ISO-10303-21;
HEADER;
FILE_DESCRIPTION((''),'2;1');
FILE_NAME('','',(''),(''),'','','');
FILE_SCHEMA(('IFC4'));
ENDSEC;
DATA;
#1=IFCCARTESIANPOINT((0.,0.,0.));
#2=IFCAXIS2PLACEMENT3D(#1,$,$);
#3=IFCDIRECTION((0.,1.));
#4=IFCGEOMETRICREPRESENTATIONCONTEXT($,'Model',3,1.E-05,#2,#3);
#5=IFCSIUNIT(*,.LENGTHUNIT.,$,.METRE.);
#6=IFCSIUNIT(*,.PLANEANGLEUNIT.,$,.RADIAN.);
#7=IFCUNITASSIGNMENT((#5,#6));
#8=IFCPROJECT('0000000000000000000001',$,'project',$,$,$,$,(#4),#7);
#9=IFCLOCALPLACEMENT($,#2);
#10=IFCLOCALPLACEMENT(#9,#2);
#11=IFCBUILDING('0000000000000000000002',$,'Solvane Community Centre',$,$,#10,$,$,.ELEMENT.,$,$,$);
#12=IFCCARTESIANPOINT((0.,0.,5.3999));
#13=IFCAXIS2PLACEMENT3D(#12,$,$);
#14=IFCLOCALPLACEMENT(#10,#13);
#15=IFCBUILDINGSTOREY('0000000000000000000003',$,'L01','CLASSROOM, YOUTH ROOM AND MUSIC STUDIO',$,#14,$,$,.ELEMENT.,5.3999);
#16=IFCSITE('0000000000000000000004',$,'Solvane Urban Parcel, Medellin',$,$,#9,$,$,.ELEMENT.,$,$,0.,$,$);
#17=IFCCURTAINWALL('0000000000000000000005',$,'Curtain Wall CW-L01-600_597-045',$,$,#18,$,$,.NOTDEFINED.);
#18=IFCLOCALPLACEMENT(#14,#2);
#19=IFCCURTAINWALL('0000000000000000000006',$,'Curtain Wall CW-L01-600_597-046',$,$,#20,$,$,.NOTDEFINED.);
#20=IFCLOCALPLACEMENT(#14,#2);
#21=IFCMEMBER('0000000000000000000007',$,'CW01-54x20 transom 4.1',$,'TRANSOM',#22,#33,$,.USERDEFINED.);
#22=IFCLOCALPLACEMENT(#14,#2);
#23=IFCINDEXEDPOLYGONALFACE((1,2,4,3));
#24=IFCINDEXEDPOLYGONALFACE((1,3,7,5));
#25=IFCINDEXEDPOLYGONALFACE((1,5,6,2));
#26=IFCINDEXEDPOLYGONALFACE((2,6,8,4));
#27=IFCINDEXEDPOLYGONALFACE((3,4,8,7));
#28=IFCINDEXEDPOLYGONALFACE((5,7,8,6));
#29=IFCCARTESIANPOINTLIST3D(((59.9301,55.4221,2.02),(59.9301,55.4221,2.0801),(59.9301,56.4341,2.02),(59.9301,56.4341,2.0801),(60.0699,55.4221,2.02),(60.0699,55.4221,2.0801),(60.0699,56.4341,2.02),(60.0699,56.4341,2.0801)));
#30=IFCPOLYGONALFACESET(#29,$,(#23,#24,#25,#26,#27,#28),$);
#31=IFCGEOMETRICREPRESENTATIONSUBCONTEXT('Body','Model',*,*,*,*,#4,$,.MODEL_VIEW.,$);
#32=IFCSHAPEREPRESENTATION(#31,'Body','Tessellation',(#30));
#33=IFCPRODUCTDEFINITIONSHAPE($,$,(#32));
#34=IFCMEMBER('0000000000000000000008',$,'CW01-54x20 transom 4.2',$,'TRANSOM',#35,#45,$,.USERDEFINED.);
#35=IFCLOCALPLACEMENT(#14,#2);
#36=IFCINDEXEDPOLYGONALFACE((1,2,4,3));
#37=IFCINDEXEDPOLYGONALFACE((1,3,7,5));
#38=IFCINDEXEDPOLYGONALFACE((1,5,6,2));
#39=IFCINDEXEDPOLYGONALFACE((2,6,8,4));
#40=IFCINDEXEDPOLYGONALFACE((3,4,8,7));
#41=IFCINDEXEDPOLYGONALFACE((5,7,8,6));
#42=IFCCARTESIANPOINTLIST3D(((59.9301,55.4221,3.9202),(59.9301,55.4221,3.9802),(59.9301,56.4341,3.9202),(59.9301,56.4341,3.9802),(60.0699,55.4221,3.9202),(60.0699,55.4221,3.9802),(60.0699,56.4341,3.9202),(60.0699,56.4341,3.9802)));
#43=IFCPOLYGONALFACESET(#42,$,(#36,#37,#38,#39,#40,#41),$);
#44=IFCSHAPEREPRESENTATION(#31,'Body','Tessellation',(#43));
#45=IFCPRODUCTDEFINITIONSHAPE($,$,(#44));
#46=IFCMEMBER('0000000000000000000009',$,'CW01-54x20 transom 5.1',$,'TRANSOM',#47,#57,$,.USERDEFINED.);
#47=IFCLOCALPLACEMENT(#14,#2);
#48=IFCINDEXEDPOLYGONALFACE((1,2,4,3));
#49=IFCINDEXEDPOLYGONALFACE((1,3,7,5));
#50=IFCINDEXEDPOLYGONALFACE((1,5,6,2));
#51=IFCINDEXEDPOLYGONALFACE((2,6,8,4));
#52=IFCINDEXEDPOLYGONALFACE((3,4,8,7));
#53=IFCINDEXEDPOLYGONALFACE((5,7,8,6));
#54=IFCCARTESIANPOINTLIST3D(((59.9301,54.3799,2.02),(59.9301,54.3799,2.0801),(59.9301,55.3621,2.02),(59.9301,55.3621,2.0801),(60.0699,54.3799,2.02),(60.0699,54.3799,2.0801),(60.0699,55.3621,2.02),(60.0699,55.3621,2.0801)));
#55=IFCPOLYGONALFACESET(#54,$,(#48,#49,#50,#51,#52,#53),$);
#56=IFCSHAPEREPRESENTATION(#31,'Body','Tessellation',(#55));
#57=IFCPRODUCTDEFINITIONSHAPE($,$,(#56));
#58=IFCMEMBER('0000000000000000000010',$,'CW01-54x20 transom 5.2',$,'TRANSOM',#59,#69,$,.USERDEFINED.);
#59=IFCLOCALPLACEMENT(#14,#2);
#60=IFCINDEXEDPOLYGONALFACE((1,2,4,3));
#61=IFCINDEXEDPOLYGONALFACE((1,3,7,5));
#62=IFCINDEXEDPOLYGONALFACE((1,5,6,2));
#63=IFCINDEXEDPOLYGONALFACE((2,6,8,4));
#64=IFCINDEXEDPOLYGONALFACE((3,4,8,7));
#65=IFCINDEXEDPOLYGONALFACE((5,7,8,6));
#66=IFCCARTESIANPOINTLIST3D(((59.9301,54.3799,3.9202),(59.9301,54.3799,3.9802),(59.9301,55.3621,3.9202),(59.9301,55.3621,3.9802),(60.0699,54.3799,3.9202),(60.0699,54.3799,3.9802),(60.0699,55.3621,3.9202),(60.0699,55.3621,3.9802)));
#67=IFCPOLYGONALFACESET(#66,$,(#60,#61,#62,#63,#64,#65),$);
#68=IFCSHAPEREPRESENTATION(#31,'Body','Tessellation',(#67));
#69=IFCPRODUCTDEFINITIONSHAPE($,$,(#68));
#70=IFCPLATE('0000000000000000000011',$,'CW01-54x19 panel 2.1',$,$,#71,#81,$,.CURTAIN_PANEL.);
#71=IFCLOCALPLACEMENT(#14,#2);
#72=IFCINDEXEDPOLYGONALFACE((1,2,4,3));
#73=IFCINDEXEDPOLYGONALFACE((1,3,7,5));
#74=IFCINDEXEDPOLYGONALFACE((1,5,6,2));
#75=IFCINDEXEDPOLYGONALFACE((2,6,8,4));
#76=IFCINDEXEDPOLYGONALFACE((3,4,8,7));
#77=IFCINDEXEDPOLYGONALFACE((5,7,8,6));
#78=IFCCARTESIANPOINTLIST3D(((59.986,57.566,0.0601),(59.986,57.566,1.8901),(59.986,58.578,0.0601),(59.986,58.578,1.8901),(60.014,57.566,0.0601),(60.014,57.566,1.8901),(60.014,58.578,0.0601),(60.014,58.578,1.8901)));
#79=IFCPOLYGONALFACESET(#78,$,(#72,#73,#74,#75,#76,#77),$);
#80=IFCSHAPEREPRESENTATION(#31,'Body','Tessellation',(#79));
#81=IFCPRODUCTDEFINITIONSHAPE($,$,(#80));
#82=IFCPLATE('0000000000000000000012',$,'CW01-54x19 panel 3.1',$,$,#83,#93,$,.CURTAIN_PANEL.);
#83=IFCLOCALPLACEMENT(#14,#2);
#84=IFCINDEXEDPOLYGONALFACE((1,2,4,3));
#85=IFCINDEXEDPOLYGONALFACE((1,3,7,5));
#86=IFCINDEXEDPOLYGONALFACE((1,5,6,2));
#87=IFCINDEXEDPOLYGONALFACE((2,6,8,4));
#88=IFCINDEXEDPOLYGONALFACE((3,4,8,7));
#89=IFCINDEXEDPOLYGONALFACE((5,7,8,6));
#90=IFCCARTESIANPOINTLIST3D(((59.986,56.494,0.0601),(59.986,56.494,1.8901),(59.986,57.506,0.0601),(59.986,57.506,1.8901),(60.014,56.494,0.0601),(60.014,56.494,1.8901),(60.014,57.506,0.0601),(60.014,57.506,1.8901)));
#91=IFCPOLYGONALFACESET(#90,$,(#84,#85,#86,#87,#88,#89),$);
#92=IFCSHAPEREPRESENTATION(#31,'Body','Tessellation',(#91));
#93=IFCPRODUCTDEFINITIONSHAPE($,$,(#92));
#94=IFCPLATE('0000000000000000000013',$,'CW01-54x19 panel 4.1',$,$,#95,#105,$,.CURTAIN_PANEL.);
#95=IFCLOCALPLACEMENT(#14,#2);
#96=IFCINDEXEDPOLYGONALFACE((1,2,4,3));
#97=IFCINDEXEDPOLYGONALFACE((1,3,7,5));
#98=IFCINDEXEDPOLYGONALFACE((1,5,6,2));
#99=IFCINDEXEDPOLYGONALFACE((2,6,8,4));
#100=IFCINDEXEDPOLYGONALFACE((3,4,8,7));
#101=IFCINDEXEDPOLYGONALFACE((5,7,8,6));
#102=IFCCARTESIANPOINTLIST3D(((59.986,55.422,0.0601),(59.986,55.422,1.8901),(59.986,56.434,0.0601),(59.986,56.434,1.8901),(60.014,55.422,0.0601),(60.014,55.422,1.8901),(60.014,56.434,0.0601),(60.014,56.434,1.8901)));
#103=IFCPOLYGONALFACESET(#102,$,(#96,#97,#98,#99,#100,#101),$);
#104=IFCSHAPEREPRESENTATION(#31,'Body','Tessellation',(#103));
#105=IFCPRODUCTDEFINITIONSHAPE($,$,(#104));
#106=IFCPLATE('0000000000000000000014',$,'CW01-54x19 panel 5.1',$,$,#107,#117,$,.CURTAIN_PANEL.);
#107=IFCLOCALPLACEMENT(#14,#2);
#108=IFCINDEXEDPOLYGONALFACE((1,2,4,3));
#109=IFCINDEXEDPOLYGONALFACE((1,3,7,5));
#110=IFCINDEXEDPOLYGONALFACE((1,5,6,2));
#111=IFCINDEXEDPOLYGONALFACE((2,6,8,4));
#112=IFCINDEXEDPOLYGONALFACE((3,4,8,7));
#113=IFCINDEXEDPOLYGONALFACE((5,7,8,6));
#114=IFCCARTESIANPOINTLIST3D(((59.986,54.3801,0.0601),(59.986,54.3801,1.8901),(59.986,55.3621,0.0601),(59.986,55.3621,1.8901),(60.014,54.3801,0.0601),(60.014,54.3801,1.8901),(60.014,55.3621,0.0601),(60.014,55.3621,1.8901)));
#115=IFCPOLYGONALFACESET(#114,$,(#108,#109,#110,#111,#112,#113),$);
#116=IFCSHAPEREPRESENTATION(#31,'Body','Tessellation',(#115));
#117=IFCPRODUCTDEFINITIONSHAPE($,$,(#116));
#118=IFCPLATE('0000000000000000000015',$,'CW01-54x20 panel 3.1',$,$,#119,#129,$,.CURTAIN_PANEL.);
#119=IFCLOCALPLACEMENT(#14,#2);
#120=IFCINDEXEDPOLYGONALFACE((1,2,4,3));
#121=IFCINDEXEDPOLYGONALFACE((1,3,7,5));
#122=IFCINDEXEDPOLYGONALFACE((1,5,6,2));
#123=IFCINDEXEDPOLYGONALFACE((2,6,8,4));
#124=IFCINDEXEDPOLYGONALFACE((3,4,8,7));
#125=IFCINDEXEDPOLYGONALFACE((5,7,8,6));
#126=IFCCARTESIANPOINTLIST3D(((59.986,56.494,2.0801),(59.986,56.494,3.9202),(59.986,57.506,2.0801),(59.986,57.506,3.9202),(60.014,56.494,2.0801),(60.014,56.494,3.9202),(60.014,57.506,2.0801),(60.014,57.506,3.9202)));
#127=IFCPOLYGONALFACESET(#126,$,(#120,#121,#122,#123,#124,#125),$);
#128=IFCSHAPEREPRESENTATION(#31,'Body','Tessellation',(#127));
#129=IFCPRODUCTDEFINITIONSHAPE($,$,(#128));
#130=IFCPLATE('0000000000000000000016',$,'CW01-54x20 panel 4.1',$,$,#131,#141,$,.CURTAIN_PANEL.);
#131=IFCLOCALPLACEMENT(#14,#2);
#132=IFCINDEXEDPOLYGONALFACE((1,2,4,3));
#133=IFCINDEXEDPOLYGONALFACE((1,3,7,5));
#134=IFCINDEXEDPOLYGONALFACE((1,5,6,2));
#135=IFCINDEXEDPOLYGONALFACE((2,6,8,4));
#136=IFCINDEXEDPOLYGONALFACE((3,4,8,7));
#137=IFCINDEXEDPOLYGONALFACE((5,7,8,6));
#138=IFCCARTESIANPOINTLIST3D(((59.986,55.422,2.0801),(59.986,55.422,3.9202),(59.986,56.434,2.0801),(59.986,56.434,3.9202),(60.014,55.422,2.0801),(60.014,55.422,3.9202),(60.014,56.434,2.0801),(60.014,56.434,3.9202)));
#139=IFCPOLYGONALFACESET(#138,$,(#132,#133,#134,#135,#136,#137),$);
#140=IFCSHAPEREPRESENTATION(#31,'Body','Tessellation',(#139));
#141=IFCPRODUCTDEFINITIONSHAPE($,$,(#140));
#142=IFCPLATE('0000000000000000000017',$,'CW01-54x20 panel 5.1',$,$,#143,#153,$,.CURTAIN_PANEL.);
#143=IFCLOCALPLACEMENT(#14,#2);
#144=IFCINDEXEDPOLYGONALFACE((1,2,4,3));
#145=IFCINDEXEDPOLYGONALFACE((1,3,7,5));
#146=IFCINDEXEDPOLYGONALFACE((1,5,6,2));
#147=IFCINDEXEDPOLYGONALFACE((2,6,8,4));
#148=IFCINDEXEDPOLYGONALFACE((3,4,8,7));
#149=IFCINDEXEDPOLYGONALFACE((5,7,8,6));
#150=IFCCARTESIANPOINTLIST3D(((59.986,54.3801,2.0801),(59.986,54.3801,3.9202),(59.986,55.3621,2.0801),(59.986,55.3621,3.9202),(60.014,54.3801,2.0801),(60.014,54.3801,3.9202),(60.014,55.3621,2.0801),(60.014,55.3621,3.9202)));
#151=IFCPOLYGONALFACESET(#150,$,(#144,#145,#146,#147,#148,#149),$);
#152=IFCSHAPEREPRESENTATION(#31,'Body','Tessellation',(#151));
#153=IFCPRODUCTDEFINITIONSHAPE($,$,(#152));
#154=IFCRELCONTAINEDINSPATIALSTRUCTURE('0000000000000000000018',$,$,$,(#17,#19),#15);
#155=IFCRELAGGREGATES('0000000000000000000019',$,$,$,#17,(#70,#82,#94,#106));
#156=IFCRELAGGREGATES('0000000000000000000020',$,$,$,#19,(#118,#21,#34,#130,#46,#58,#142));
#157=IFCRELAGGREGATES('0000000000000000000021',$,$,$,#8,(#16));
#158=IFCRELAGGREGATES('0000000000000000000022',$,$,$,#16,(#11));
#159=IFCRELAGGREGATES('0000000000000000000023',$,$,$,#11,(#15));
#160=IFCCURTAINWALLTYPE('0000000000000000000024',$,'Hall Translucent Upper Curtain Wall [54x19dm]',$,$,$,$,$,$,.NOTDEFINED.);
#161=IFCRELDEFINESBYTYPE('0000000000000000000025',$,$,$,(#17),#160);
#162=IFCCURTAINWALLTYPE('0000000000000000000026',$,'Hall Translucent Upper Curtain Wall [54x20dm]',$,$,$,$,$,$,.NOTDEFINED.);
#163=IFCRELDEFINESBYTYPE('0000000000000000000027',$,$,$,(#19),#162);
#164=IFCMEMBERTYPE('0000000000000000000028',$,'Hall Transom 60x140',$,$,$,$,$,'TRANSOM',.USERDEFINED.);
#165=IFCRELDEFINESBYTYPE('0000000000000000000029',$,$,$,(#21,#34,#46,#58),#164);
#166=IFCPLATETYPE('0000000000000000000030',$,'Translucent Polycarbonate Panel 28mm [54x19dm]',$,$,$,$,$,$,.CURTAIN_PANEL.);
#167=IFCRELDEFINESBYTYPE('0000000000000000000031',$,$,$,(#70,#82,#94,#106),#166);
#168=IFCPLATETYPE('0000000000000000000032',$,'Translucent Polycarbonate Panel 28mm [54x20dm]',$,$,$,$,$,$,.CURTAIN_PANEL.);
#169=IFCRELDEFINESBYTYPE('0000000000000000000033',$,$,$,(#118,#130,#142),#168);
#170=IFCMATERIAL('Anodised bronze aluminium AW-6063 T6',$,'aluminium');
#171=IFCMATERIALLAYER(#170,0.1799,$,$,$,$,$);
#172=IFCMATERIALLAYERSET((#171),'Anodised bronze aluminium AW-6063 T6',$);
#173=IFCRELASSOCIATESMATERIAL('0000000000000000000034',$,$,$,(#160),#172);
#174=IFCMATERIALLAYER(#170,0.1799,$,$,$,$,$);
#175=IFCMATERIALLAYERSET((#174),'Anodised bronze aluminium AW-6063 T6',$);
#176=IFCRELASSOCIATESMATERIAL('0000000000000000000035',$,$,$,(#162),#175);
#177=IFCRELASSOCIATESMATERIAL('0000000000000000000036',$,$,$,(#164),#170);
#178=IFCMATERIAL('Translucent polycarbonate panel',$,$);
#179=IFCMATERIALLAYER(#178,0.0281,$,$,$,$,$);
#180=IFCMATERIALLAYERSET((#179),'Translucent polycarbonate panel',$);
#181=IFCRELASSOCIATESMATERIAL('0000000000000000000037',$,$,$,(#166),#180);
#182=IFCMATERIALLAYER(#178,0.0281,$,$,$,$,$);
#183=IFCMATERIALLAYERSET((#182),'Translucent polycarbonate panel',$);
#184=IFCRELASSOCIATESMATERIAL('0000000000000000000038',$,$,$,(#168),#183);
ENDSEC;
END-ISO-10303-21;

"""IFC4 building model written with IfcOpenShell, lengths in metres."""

from ifc_helpers import new_model, si_unit, direction, frame, origin, origin_2d, place, context, subcontext, project, spatial, rectangle, extrude, material, layer, layer_set, material_profile, profile_set, type_object, element, aggregate, save


model = new_model("IFC4")

# Units and contexts
model_context = context("Model", 3, precision=1e-05, world=origin(), true_north=direction((0.0, 1.0)))
body_context = subcontext(model_context, "Body", "Model", "MODEL_VIEW")
ifc_project = project(units=[si_unit("LENGTHUNIT", "METRE"), si_unit("PLANEANGLEUNIT", "RADIAN")], contexts=[model_context])

# Site, building, storey
site_placement = place(None, origin())
site = spatial("IfcSite", under=ifc_project, at=site_placement, Name="Solvane Urban Parcel, Medellin", CompositionType="ELEMENT", RefElevation=0.0)
building_placement = place(site_placement, origin())
building = spatial("IfcBuilding", under=site, at=building_placement, Name="Solvane Community Centre", CompositionType="ELEMENT")
storey_placement = place(building_placement, frame((0.0, 0.0, 5.3999)))
storey = spatial("IfcBuildingStorey", under=building, at=storey_placement, Name="L01", Description="CLASSROOM, YOUTH ROOM AND MUSIC STUDIO", CompositionType="ELEMENT", Elevation=5.3999)

# Curtain walls
ifc_material_1 = material(Name="Anodised bronze aluminium AW-6063 T6", Category="aluminium")
ifc_layer_1 = layer(ifc_material_1, 0.1799)
ifc_layer_set_1 = layer_set([ifc_layer_1], Name="Anodised bronze aluminium AW-6063 T6")
curtain_wall_type_1 = type_object("IfcCurtainWallType", Name="Hall Translucent Upper Curtain Wall [54x19dm]", PredefinedType="NOTDEFINED", material=ifc_layer_set_1)
curtain_wall_1_placement = place(storey_placement, origin())
curtain_wall_1 = element("IfcCurtainWall", 1, at=curtain_wall_1_placement, inside=storey, type_object=curtain_wall_type_1, Name="Curtain Wall CW-L01-600_597-045", PredefinedType="NOTDEFINED")
ifc_layer_2 = layer(ifc_material_1, 0.1799)
ifc_layer_set_2 = layer_set([ifc_layer_2], Name="Anodised bronze aluminium AW-6063 T6")
curtain_wall_type_2 = type_object("IfcCurtainWallType", Name="Hall Translucent Upper Curtain Wall [54x20dm]", PredefinedType="NOTDEFINED", material=ifc_layer_set_2)
curtain_wall_2_placement = place(storey_placement, origin())
curtain_wall_2 = element("IfcCurtainWall", 2, at=curtain_wall_2_placement, inside=storey, type_object=curtain_wall_type_2, Name="Curtain Wall CW-L01-600_597-046", PredefinedType="NOTDEFINED")

# Members
ifc_material_profile_1 = material_profile(ifc_material_1, rectangle(XDim=0.1399, YDim=0.0601, at=origin_2d()), Name="CW-T 60x140")
ifc_profile_set_1 = profile_set([ifc_material_profile_1], Name="Anodised bronze aluminium AW-6063 T6")
member_type_1 = type_object("IfcMemberType", Name="Hall Transom 60x140", ElementType="TRANSOM", PredefinedType="USERDEFINED", material=ifc_profile_set_1)
member_1_placement = place(storey_placement, frame((60.0, 56.4341, 2.05), z_axis=(0.0, -1.0, 0.0), x_axis=(1.0, 0.0, 0.0)))
member_1 = element("IfcMember", 3, at=member_1_placement, type_object=member_type_1, Name="CW01-54x20 transom 4.1", ObjectType="TRANSOM", PredefinedType="USERDEFINED", context=body_context, shape_type="SweptSolid", body=[
    extrude(rectangle(XDim=0.1399, YDim=0.0601, at=origin_2d()), origin(), (0.0, 0.0, 1.0), 1.012),
])
member_2_placement = place(storey_placement, frame((60.0, 56.4341, 3.9502), z_axis=(0.0, -1.0, 0.0), x_axis=(1.0, 0.0, 0.0)))
member_2 = element("IfcMember", 4, at=member_2_placement, type_object=member_type_1, Name="CW01-54x20 transom 4.2", ObjectType="TRANSOM", PredefinedType="USERDEFINED", context=body_context, shape_type="SweptSolid", body=[
    extrude(rectangle(XDim=0.1399, YDim=0.0601, at=origin_2d()), origin(), (0.0, 0.0, 1.0), 1.012),
])
member_3_placement = place(storey_placement, frame((60.0, 55.3621, 2.05), z_axis=(0.0, -1.0, 0.0), x_axis=(1.0, 0.0, 0.0)))
member_3 = element("IfcMember", 5, at=member_3_placement, type_object=member_type_1, Name="CW01-54x20 transom 5.1", ObjectType="TRANSOM", PredefinedType="USERDEFINED", context=body_context, shape_type="SweptSolid", body=[
    extrude(rectangle(XDim=0.1399, YDim=0.0601, at=origin_2d()), origin(), (0.0, 0.0, 1.0), 0.9822),
])
member_4_placement = place(storey_placement, frame((60.0, 55.3621, 3.9502), z_axis=(0.0, -1.0, 0.0), x_axis=(1.0, 0.0, 0.0)))
member_4 = element("IfcMember", 6, at=member_4_placement, type_object=member_type_1, Name="CW01-54x20 transom 5.2", ObjectType="TRANSOM", PredefinedType="USERDEFINED", context=body_context, shape_type="SweptSolid", body=[
    extrude(rectangle(XDim=0.1399, YDim=0.0601, at=origin_2d()), origin(), (0.0, 0.0, 1.0), 0.9822),
])

# Plates
ifc_material_2 = material(Name="Translucent polycarbonate panel")
ifc_layer_3 = layer(ifc_material_2, 0.0281)
ifc_layer_set_3 = layer_set([ifc_layer_3], Name="Translucent polycarbonate panel")
plate_type_1 = type_object("IfcPlateType", Name="Translucent Polycarbonate Panel 28mm [54x19dm]", PredefinedType="CURTAIN_PANEL", material=ifc_layer_set_3)
plate_1_placement = place(storey_placement, frame((60.0, 58.072, 0.0601), z_axis=(0.0, 0.0, 1.0), x_axis=(0.0, -1.0, 0.0)))
plate_1 = element("IfcPlate", 7, at=plate_1_placement, type_object=plate_type_1, Name="CW01-54x19 panel 2.1", PredefinedType="CURTAIN_PANEL", context=body_context, shape_type="SweptSolid", body=[
    extrude(rectangle(XDim=1.012, YDim=0.0281, at=origin_2d()), origin(), (0.0, 0.0, 1.0), 1.8301),
])
plate_2_placement = place(storey_placement, frame((60.0, 57.0, 0.0601), z_axis=(0.0, 0.0, 1.0), x_axis=(0.0, -1.0, 0.0)))
plate_2 = element("IfcPlate", 8, at=plate_2_placement, type_object=plate_type_1, Name="CW01-54x19 panel 3.1", PredefinedType="CURTAIN_PANEL", context=body_context, shape_type="SweptSolid", body=[
    extrude(rectangle(XDim=1.012, YDim=0.0281, at=origin_2d()), origin(), (0.0, 0.0, 1.0), 1.8301),
])
plate_3_placement = place(storey_placement, frame((60.0, 55.928, 0.0601), z_axis=(0.0, 0.0, 1.0), x_axis=(0.0, -1.0, 0.0)))
plate_3 = element("IfcPlate", 9, at=plate_3_placement, type_object=plate_type_1, Name="CW01-54x19 panel 4.1", PredefinedType="CURTAIN_PANEL", context=body_context, shape_type="SweptSolid", body=[
    extrude(rectangle(XDim=1.012, YDim=0.0281, at=origin_2d()), origin(), (0.0, 0.0, 1.0), 1.8301),
])
plate_4_placement = place(storey_placement, frame((60.0, 54.8711, 0.0601), z_axis=(0.0, 0.0, 1.0), x_axis=(0.0, -1.0, 0.0)))
plate_4 = element("IfcPlate", 10, at=plate_4_placement, type_object=plate_type_1, Name="CW01-54x19 panel 5.1", PredefinedType="CURTAIN_PANEL", context=body_context, shape_type="SweptSolid", body=[
    extrude(rectangle(XDim=0.9819, YDim=0.0281, at=origin_2d()), origin(), (0.0, 0.0, 1.0), 1.8301),
])
aggregate(curtain_wall_1, [plate_1, plate_2, plate_3, plate_4])
ifc_layer_4 = layer(ifc_material_2, 0.0281)
ifc_layer_set_4 = layer_set([ifc_layer_4], Name="Translucent polycarbonate panel")
plate_type_2 = type_object("IfcPlateType", Name="Translucent Polycarbonate Panel 28mm [54x20dm]", PredefinedType="CURTAIN_PANEL", material=ifc_layer_set_4)
plate_5_placement = place(storey_placement, frame((60.0, 57.0, 2.0801), z_axis=(0.0, 0.0, 1.0), x_axis=(0.0, -1.0, 0.0)))
plate_5 = element("IfcPlate", 11, at=plate_5_placement, type_object=plate_type_2, Name="CW01-54x20 panel 3.1", PredefinedType="CURTAIN_PANEL", context=body_context, shape_type="SweptSolid", body=[
    extrude(rectangle(XDim=1.012, YDim=0.0281, at=origin_2d()), origin(), (0.0, 0.0, 1.0), 1.8401),
])
plate_6_placement = place(storey_placement, frame((60.0, 55.928, 2.0801), z_axis=(0.0, 0.0, 1.0), x_axis=(0.0, -1.0, 0.0)))
plate_6 = element("IfcPlate", 12, at=plate_6_placement, type_object=plate_type_2, Name="CW01-54x20 panel 4.1", PredefinedType="CURTAIN_PANEL", context=body_context, shape_type="SweptSolid", body=[
    extrude(rectangle(XDim=1.012, YDim=0.0281, at=origin_2d()), origin(), (0.0, 0.0, 1.0), 1.8401),
])
plate_7_placement = place(storey_placement, frame((60.0, 54.8711, 2.0801), z_axis=(0.0, 0.0, 1.0), x_axis=(0.0, -1.0, 0.0)))
plate_7 = element("IfcPlate", 13, at=plate_7_placement, type_object=plate_type_2, Name="CW01-54x20 panel 5.1", PredefinedType="CURTAIN_PANEL", context=body_context, shape_type="SweptSolid", body=[
    extrude(rectangle(XDim=0.9819, YDim=0.0281, at=origin_2d()), origin(), (0.0, 0.0, 1.0), 1.8401),
])
aggregate(curtain_wall_2, [plate_5, member_1, member_2, plate_6, member_3, member_4, plate_7])

save(model, "model.ifc")
